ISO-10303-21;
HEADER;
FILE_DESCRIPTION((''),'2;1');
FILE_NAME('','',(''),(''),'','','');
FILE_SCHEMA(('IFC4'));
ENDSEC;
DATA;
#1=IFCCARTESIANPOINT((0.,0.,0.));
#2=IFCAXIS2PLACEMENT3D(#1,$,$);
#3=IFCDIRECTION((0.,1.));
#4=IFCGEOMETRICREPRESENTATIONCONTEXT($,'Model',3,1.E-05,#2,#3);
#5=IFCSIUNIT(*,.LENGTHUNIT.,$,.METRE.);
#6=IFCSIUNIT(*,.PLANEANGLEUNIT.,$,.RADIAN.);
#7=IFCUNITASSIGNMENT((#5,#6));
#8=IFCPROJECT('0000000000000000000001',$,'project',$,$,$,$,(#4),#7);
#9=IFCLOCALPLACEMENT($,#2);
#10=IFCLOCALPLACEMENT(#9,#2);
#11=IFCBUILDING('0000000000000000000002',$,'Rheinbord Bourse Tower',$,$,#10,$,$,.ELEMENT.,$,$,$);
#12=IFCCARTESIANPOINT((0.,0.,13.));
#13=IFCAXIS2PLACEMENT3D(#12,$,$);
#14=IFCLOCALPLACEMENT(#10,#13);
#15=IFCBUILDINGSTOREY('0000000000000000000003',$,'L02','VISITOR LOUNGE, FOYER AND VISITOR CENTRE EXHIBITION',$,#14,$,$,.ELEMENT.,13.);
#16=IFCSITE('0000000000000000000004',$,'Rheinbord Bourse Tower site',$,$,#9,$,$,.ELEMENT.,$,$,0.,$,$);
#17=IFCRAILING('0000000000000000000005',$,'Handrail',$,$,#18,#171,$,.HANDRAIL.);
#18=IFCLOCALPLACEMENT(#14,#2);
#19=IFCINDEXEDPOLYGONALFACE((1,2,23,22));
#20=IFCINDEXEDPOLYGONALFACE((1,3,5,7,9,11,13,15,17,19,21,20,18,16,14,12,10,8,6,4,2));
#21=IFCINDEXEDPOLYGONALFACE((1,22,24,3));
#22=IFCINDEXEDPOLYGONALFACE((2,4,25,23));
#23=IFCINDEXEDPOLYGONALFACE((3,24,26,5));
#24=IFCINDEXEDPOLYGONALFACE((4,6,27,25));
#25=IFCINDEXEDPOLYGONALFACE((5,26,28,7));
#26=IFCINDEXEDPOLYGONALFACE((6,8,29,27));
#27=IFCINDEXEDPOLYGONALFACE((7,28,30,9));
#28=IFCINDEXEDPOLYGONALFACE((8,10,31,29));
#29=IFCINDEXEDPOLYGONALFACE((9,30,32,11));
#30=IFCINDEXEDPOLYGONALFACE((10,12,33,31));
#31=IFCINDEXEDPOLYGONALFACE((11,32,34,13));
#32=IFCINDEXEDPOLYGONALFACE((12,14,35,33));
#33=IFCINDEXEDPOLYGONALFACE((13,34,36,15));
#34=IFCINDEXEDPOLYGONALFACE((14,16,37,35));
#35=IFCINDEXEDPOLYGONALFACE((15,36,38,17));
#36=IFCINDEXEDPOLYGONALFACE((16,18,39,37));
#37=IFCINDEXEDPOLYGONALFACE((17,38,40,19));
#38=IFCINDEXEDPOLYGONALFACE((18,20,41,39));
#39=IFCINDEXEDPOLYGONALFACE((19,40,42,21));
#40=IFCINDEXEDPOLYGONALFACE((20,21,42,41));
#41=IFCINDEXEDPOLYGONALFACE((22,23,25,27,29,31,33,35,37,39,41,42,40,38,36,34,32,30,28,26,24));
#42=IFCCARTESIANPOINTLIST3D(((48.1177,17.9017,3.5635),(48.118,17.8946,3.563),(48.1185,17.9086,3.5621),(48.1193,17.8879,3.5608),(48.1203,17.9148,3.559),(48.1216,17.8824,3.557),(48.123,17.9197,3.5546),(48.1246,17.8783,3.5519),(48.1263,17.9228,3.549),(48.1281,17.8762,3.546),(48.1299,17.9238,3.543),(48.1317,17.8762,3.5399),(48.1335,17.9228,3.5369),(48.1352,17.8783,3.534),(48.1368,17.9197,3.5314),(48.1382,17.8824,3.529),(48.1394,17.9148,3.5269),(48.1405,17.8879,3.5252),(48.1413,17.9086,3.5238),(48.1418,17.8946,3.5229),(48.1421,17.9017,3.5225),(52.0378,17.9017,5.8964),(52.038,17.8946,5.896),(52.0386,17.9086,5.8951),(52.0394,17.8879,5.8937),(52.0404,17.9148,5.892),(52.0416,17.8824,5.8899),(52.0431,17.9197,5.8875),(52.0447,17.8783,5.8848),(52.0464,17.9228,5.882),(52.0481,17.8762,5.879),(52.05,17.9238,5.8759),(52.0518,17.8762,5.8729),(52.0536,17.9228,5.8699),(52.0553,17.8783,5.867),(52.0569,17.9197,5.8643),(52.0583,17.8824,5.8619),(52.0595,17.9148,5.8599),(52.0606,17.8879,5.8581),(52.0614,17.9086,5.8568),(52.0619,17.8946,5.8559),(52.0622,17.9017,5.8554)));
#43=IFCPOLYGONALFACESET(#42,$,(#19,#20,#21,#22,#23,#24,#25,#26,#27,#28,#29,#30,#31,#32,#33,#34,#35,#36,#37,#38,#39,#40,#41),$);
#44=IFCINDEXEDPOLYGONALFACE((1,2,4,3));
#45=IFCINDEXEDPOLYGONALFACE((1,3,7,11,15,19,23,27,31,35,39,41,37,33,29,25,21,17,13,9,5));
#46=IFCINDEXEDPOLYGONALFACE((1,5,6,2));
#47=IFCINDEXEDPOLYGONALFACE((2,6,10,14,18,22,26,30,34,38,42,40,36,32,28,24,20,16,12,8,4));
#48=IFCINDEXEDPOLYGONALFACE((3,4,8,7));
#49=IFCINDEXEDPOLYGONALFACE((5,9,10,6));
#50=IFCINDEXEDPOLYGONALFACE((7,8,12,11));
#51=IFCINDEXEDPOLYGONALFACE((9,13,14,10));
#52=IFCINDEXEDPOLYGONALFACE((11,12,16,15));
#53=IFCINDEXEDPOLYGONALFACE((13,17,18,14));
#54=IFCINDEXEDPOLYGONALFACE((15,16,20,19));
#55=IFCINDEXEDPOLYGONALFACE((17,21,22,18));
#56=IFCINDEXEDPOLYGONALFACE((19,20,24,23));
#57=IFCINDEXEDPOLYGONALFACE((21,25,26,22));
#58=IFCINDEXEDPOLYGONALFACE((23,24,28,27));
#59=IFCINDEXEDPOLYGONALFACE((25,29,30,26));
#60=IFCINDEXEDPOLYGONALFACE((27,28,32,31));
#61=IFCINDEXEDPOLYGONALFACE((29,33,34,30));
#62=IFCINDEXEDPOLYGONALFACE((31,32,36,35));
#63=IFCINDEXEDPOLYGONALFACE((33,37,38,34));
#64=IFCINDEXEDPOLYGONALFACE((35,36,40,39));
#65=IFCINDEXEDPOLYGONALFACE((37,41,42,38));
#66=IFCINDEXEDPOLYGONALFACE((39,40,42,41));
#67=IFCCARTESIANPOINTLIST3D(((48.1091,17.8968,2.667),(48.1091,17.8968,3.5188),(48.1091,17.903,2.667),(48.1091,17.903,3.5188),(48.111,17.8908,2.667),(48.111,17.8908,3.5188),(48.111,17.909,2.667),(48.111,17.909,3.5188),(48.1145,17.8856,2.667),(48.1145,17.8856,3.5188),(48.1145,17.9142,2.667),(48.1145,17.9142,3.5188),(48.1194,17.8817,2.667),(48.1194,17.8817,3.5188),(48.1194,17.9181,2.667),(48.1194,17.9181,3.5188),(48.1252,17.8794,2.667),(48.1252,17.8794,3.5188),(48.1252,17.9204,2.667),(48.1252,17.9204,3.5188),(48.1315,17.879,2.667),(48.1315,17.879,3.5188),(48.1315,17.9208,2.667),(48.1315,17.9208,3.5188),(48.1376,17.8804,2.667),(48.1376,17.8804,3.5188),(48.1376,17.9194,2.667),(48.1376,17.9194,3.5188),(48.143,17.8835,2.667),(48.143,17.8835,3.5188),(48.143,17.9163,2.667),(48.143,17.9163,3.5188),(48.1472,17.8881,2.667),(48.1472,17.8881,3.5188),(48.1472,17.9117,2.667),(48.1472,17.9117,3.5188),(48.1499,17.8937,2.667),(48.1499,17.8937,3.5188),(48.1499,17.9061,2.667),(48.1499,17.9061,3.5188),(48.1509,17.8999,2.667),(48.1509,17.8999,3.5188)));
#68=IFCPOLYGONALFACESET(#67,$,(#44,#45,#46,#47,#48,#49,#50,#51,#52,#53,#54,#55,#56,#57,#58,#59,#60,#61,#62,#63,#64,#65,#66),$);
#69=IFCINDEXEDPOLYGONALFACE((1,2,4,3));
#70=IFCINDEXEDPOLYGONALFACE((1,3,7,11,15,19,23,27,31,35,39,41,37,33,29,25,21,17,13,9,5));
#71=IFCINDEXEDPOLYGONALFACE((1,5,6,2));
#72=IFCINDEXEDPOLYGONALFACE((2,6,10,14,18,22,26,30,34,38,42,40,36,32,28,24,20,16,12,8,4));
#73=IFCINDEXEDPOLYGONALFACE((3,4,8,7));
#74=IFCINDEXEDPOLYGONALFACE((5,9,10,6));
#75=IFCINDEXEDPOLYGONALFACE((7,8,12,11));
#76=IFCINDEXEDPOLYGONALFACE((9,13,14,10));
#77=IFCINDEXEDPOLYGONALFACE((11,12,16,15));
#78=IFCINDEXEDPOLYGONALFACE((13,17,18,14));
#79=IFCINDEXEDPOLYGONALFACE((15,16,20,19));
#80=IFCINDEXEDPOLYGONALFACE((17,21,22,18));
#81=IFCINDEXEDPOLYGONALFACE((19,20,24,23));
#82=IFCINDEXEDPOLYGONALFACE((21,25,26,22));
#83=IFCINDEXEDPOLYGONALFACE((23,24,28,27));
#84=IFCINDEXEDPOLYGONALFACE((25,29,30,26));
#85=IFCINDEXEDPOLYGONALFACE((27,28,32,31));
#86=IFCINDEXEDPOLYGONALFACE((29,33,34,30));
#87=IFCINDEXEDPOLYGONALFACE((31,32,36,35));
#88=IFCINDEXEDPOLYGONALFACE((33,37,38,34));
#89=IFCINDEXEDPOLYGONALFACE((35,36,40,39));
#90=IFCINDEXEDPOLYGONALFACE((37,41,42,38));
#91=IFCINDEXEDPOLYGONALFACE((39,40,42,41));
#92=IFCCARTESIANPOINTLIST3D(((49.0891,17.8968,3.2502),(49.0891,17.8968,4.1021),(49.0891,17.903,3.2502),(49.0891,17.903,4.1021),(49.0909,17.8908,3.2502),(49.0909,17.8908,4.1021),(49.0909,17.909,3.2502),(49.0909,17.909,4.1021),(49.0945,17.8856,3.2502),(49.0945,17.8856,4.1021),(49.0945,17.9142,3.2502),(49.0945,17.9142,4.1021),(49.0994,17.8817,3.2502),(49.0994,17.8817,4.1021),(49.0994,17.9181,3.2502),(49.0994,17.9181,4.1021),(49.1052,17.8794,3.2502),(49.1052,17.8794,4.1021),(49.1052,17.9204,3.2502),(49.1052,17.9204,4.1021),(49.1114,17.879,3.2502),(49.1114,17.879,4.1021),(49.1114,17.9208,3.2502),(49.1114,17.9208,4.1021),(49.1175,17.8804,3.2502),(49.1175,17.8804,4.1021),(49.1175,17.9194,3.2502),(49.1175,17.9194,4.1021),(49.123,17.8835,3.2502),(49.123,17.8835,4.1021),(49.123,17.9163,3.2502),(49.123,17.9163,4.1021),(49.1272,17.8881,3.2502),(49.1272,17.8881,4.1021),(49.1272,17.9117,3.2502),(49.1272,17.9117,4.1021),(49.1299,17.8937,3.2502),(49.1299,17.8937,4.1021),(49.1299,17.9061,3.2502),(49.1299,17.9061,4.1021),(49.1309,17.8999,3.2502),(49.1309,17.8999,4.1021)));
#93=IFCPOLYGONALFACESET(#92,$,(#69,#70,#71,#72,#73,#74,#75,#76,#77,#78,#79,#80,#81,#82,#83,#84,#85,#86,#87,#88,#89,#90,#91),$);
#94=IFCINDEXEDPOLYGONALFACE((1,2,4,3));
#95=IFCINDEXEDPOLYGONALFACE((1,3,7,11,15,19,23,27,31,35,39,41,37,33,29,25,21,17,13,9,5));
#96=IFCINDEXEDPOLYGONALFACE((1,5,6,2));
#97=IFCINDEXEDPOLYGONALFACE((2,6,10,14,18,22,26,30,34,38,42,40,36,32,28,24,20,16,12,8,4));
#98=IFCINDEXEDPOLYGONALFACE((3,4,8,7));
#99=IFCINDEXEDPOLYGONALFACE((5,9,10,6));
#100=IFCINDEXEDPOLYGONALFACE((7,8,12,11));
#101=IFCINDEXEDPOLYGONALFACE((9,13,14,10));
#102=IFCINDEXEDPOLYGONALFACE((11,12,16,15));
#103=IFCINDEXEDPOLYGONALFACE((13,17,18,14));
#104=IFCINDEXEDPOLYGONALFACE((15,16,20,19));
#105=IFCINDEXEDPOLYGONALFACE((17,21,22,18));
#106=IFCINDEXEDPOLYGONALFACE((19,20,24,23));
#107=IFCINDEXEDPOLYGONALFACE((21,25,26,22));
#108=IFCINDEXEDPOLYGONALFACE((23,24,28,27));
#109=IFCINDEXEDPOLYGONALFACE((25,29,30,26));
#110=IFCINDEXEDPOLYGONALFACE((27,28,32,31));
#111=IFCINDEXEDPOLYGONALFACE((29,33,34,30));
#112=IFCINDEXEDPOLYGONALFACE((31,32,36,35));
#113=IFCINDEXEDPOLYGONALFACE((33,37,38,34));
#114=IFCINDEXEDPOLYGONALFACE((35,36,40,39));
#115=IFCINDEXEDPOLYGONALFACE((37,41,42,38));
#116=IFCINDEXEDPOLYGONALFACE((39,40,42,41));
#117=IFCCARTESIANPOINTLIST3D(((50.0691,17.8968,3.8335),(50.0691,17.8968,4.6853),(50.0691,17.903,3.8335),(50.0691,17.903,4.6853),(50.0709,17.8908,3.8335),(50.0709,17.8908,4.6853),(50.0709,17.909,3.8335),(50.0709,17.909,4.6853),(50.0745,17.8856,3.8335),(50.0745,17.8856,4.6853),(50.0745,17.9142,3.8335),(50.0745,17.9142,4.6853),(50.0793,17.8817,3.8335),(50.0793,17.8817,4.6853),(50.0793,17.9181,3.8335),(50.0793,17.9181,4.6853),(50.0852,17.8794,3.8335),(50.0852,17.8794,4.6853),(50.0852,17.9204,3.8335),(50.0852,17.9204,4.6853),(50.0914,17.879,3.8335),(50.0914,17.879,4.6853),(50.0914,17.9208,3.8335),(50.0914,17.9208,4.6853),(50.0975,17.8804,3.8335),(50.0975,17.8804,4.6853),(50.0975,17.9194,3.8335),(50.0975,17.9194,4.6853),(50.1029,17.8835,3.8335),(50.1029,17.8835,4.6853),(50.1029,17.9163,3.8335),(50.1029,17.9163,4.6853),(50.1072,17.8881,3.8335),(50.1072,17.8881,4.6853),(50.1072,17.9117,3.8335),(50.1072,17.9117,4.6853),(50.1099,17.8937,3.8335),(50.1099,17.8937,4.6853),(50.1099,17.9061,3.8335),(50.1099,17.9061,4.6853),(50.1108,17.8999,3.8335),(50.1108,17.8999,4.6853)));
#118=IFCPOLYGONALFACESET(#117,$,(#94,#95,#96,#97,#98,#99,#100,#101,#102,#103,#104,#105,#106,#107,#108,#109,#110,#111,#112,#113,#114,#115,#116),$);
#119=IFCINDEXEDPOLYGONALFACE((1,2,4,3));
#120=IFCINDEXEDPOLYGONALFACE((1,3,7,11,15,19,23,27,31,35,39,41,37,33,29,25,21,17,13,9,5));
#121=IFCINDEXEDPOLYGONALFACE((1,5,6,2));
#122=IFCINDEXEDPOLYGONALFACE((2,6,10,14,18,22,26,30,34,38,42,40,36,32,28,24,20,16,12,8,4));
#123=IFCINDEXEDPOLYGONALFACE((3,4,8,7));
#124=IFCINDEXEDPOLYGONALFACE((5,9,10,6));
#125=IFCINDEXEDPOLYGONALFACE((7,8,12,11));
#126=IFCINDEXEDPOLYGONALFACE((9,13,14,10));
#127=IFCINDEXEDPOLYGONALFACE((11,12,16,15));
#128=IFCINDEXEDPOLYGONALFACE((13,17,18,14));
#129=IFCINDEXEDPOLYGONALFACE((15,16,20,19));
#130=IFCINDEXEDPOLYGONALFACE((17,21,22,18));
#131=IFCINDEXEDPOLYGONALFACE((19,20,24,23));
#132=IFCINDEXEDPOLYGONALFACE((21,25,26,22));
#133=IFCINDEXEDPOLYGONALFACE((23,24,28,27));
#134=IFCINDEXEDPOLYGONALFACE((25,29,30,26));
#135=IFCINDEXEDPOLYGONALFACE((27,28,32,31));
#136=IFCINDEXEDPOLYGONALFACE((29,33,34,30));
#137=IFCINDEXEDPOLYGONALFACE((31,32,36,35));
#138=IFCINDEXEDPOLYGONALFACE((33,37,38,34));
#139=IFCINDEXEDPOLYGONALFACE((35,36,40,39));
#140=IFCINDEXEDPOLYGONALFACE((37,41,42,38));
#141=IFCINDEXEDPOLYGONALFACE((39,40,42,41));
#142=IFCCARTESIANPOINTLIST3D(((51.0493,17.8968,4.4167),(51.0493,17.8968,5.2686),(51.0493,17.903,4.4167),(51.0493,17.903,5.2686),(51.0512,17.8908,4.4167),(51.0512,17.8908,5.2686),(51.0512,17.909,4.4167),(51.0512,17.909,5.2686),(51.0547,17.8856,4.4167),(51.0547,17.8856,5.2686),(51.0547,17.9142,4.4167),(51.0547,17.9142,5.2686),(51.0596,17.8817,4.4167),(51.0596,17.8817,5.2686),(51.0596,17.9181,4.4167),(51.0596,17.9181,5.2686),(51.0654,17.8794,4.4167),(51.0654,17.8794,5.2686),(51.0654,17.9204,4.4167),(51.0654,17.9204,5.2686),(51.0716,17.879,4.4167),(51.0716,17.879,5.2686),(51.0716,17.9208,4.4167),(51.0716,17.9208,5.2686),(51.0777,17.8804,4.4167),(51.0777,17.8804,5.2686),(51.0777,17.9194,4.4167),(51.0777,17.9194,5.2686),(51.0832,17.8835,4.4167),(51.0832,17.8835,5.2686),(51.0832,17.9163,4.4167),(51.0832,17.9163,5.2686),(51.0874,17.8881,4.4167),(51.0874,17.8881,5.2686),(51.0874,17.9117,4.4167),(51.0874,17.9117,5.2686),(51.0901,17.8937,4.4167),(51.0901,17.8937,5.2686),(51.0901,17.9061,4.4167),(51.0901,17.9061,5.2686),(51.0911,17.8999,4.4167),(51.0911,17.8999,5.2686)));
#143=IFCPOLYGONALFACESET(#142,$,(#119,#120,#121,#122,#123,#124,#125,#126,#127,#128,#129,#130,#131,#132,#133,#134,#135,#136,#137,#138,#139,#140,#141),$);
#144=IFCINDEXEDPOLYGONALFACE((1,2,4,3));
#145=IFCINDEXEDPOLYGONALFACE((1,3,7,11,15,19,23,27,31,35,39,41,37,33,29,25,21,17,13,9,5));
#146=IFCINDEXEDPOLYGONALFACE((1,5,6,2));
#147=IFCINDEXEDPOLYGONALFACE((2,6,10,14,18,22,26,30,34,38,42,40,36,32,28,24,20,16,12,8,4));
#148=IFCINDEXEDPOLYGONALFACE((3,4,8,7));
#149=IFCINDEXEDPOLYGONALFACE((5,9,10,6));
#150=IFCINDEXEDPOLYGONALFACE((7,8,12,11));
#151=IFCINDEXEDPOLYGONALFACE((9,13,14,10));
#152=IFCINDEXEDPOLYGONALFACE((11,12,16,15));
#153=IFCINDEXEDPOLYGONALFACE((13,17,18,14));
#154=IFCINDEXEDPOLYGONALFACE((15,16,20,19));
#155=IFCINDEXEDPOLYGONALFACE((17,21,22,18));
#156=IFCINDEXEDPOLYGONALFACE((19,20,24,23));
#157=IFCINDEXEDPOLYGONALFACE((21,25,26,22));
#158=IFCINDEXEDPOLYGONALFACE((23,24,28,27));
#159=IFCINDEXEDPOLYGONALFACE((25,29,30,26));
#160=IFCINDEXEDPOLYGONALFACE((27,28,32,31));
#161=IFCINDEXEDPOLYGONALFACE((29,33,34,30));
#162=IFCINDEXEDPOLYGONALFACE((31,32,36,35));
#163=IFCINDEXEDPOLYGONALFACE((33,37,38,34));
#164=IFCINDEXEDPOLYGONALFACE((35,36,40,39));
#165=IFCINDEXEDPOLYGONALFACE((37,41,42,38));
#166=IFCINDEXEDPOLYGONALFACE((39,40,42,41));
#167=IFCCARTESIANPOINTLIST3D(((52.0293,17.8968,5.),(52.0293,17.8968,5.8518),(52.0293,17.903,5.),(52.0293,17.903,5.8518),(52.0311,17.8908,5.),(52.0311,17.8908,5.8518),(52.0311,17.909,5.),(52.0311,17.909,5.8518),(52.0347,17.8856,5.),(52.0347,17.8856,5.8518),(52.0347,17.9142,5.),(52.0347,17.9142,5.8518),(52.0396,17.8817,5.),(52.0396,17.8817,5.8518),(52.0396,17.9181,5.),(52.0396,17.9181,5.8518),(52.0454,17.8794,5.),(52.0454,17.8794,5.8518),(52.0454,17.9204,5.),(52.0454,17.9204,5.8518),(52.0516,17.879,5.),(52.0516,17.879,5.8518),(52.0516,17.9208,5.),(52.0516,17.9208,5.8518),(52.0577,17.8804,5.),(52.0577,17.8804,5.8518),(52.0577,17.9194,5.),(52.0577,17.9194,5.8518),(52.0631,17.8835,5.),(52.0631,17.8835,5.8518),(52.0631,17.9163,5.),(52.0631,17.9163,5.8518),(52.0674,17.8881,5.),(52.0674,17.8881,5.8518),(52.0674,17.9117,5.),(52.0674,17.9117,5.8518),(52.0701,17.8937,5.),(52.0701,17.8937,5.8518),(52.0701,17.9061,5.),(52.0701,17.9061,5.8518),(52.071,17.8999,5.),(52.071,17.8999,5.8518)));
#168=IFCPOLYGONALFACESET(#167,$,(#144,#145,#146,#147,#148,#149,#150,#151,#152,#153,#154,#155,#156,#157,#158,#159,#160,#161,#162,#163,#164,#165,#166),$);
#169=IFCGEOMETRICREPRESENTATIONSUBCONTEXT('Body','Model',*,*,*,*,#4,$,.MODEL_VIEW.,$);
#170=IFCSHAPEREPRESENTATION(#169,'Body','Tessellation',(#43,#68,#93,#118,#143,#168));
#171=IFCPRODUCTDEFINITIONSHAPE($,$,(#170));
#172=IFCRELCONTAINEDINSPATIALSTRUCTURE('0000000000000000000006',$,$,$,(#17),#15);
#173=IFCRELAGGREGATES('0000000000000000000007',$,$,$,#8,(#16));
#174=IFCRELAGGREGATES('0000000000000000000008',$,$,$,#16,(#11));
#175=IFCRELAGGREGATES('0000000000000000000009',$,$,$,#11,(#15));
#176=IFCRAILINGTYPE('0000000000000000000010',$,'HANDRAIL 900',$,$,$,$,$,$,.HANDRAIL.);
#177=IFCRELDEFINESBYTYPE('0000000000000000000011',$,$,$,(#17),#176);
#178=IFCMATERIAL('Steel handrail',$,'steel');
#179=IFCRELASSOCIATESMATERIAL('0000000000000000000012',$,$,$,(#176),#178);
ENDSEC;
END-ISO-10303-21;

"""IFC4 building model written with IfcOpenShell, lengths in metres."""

from ifc_helpers import new_model, si_unit, direction, frame, origin, origin_2d, place, context, subcontext, project, spatial, circle, extrude, material, type_object, element, save


model = new_model("IFC4")

# Units and contexts
model_context = context("Model", 3, precision=1e-05, world=origin(), true_north=direction((0.0, 1.0)))
body_context = subcontext(model_context, "Body", "Model", "MODEL_VIEW")
ifc_project = project(units=[si_unit("LENGTHUNIT", "METRE"), si_unit("PLANEANGLEUNIT", "RADIAN")], contexts=[model_context])

# Site, building, storey
site_placement = place(None, origin())
site = spatial("IfcSite", under=ifc_project, at=site_placement, Name="Rheinbord Bourse Tower site", CompositionType="ELEMENT", RefElevation=0.0)
building_placement = place(site_placement, origin())
building = spatial("IfcBuilding", under=site, at=building_placement, Name="Rheinbord Bourse Tower", CompositionType="ELEMENT")
storey_placement = place(building_placement, frame((0.0, 0.0, 13.0)))
storey = spatial("IfcBuildingStorey", under=building, at=storey_placement, Name="L02", Description="VISITOR LOUNGE, FOYER AND VISITOR CENTRE EXHIBITION", CompositionType="ELEMENT", Elevation=13.0)

# Railing
ifc_material_1 = material(Name="Steel handrail", Category="steel")
railing_type = type_object("IfcRailingType", Name="HANDRAIL 900", PredefinedType="HANDRAIL", material=ifc_material_1)
for number, where, name in (
    (1, (48.1299, 17.8999, 2.667), "Handrail"),
):
    element("IfcRailing", number, at=place(storey_placement, frame(where)), inside=storey, type_object=railing_type, Name=name, PredefinedType="HANDRAIL", context=body_context, shape_type="SweptSolid", body=[
        extrude(circle(Radius=0.0239, at=origin_2d()), frame((0.0, 0.0, 0.876), z_axis=(0.859334, 0.0, 0.511415), x_axis=(0.0, 1.0, 0.0)), (0.0, 0.0, 1.0), 4.5618),
        extrude(circle(Radius=0.021, at=origin_2d()), origin(), (0.0, 0.0, 1.0), 0.8518),
        extrude(circle(Radius=0.021, at=origin_2d()), frame((0.98, 0.0, 0.5833)), (0.0, 0.0, 1.0), 0.8518),
        extrude(circle(Radius=0.021, at=origin_2d()), frame((1.96, 0.0, 1.1665)), (0.0, 0.0, 1.0), 0.8518),
        extrude(circle(Radius=0.021, at=origin_2d()), frame((2.9402, 0.0, 1.7498)), (0.0, 0.0, 1.0), 0.8518),
        extrude(circle(Radius=0.021, at=origin_2d()), frame((3.9202, 0.0, 2.333)), (0.0, 0.0, 1.0), 0.8518),
    ])

save(model, "model.ifc")
